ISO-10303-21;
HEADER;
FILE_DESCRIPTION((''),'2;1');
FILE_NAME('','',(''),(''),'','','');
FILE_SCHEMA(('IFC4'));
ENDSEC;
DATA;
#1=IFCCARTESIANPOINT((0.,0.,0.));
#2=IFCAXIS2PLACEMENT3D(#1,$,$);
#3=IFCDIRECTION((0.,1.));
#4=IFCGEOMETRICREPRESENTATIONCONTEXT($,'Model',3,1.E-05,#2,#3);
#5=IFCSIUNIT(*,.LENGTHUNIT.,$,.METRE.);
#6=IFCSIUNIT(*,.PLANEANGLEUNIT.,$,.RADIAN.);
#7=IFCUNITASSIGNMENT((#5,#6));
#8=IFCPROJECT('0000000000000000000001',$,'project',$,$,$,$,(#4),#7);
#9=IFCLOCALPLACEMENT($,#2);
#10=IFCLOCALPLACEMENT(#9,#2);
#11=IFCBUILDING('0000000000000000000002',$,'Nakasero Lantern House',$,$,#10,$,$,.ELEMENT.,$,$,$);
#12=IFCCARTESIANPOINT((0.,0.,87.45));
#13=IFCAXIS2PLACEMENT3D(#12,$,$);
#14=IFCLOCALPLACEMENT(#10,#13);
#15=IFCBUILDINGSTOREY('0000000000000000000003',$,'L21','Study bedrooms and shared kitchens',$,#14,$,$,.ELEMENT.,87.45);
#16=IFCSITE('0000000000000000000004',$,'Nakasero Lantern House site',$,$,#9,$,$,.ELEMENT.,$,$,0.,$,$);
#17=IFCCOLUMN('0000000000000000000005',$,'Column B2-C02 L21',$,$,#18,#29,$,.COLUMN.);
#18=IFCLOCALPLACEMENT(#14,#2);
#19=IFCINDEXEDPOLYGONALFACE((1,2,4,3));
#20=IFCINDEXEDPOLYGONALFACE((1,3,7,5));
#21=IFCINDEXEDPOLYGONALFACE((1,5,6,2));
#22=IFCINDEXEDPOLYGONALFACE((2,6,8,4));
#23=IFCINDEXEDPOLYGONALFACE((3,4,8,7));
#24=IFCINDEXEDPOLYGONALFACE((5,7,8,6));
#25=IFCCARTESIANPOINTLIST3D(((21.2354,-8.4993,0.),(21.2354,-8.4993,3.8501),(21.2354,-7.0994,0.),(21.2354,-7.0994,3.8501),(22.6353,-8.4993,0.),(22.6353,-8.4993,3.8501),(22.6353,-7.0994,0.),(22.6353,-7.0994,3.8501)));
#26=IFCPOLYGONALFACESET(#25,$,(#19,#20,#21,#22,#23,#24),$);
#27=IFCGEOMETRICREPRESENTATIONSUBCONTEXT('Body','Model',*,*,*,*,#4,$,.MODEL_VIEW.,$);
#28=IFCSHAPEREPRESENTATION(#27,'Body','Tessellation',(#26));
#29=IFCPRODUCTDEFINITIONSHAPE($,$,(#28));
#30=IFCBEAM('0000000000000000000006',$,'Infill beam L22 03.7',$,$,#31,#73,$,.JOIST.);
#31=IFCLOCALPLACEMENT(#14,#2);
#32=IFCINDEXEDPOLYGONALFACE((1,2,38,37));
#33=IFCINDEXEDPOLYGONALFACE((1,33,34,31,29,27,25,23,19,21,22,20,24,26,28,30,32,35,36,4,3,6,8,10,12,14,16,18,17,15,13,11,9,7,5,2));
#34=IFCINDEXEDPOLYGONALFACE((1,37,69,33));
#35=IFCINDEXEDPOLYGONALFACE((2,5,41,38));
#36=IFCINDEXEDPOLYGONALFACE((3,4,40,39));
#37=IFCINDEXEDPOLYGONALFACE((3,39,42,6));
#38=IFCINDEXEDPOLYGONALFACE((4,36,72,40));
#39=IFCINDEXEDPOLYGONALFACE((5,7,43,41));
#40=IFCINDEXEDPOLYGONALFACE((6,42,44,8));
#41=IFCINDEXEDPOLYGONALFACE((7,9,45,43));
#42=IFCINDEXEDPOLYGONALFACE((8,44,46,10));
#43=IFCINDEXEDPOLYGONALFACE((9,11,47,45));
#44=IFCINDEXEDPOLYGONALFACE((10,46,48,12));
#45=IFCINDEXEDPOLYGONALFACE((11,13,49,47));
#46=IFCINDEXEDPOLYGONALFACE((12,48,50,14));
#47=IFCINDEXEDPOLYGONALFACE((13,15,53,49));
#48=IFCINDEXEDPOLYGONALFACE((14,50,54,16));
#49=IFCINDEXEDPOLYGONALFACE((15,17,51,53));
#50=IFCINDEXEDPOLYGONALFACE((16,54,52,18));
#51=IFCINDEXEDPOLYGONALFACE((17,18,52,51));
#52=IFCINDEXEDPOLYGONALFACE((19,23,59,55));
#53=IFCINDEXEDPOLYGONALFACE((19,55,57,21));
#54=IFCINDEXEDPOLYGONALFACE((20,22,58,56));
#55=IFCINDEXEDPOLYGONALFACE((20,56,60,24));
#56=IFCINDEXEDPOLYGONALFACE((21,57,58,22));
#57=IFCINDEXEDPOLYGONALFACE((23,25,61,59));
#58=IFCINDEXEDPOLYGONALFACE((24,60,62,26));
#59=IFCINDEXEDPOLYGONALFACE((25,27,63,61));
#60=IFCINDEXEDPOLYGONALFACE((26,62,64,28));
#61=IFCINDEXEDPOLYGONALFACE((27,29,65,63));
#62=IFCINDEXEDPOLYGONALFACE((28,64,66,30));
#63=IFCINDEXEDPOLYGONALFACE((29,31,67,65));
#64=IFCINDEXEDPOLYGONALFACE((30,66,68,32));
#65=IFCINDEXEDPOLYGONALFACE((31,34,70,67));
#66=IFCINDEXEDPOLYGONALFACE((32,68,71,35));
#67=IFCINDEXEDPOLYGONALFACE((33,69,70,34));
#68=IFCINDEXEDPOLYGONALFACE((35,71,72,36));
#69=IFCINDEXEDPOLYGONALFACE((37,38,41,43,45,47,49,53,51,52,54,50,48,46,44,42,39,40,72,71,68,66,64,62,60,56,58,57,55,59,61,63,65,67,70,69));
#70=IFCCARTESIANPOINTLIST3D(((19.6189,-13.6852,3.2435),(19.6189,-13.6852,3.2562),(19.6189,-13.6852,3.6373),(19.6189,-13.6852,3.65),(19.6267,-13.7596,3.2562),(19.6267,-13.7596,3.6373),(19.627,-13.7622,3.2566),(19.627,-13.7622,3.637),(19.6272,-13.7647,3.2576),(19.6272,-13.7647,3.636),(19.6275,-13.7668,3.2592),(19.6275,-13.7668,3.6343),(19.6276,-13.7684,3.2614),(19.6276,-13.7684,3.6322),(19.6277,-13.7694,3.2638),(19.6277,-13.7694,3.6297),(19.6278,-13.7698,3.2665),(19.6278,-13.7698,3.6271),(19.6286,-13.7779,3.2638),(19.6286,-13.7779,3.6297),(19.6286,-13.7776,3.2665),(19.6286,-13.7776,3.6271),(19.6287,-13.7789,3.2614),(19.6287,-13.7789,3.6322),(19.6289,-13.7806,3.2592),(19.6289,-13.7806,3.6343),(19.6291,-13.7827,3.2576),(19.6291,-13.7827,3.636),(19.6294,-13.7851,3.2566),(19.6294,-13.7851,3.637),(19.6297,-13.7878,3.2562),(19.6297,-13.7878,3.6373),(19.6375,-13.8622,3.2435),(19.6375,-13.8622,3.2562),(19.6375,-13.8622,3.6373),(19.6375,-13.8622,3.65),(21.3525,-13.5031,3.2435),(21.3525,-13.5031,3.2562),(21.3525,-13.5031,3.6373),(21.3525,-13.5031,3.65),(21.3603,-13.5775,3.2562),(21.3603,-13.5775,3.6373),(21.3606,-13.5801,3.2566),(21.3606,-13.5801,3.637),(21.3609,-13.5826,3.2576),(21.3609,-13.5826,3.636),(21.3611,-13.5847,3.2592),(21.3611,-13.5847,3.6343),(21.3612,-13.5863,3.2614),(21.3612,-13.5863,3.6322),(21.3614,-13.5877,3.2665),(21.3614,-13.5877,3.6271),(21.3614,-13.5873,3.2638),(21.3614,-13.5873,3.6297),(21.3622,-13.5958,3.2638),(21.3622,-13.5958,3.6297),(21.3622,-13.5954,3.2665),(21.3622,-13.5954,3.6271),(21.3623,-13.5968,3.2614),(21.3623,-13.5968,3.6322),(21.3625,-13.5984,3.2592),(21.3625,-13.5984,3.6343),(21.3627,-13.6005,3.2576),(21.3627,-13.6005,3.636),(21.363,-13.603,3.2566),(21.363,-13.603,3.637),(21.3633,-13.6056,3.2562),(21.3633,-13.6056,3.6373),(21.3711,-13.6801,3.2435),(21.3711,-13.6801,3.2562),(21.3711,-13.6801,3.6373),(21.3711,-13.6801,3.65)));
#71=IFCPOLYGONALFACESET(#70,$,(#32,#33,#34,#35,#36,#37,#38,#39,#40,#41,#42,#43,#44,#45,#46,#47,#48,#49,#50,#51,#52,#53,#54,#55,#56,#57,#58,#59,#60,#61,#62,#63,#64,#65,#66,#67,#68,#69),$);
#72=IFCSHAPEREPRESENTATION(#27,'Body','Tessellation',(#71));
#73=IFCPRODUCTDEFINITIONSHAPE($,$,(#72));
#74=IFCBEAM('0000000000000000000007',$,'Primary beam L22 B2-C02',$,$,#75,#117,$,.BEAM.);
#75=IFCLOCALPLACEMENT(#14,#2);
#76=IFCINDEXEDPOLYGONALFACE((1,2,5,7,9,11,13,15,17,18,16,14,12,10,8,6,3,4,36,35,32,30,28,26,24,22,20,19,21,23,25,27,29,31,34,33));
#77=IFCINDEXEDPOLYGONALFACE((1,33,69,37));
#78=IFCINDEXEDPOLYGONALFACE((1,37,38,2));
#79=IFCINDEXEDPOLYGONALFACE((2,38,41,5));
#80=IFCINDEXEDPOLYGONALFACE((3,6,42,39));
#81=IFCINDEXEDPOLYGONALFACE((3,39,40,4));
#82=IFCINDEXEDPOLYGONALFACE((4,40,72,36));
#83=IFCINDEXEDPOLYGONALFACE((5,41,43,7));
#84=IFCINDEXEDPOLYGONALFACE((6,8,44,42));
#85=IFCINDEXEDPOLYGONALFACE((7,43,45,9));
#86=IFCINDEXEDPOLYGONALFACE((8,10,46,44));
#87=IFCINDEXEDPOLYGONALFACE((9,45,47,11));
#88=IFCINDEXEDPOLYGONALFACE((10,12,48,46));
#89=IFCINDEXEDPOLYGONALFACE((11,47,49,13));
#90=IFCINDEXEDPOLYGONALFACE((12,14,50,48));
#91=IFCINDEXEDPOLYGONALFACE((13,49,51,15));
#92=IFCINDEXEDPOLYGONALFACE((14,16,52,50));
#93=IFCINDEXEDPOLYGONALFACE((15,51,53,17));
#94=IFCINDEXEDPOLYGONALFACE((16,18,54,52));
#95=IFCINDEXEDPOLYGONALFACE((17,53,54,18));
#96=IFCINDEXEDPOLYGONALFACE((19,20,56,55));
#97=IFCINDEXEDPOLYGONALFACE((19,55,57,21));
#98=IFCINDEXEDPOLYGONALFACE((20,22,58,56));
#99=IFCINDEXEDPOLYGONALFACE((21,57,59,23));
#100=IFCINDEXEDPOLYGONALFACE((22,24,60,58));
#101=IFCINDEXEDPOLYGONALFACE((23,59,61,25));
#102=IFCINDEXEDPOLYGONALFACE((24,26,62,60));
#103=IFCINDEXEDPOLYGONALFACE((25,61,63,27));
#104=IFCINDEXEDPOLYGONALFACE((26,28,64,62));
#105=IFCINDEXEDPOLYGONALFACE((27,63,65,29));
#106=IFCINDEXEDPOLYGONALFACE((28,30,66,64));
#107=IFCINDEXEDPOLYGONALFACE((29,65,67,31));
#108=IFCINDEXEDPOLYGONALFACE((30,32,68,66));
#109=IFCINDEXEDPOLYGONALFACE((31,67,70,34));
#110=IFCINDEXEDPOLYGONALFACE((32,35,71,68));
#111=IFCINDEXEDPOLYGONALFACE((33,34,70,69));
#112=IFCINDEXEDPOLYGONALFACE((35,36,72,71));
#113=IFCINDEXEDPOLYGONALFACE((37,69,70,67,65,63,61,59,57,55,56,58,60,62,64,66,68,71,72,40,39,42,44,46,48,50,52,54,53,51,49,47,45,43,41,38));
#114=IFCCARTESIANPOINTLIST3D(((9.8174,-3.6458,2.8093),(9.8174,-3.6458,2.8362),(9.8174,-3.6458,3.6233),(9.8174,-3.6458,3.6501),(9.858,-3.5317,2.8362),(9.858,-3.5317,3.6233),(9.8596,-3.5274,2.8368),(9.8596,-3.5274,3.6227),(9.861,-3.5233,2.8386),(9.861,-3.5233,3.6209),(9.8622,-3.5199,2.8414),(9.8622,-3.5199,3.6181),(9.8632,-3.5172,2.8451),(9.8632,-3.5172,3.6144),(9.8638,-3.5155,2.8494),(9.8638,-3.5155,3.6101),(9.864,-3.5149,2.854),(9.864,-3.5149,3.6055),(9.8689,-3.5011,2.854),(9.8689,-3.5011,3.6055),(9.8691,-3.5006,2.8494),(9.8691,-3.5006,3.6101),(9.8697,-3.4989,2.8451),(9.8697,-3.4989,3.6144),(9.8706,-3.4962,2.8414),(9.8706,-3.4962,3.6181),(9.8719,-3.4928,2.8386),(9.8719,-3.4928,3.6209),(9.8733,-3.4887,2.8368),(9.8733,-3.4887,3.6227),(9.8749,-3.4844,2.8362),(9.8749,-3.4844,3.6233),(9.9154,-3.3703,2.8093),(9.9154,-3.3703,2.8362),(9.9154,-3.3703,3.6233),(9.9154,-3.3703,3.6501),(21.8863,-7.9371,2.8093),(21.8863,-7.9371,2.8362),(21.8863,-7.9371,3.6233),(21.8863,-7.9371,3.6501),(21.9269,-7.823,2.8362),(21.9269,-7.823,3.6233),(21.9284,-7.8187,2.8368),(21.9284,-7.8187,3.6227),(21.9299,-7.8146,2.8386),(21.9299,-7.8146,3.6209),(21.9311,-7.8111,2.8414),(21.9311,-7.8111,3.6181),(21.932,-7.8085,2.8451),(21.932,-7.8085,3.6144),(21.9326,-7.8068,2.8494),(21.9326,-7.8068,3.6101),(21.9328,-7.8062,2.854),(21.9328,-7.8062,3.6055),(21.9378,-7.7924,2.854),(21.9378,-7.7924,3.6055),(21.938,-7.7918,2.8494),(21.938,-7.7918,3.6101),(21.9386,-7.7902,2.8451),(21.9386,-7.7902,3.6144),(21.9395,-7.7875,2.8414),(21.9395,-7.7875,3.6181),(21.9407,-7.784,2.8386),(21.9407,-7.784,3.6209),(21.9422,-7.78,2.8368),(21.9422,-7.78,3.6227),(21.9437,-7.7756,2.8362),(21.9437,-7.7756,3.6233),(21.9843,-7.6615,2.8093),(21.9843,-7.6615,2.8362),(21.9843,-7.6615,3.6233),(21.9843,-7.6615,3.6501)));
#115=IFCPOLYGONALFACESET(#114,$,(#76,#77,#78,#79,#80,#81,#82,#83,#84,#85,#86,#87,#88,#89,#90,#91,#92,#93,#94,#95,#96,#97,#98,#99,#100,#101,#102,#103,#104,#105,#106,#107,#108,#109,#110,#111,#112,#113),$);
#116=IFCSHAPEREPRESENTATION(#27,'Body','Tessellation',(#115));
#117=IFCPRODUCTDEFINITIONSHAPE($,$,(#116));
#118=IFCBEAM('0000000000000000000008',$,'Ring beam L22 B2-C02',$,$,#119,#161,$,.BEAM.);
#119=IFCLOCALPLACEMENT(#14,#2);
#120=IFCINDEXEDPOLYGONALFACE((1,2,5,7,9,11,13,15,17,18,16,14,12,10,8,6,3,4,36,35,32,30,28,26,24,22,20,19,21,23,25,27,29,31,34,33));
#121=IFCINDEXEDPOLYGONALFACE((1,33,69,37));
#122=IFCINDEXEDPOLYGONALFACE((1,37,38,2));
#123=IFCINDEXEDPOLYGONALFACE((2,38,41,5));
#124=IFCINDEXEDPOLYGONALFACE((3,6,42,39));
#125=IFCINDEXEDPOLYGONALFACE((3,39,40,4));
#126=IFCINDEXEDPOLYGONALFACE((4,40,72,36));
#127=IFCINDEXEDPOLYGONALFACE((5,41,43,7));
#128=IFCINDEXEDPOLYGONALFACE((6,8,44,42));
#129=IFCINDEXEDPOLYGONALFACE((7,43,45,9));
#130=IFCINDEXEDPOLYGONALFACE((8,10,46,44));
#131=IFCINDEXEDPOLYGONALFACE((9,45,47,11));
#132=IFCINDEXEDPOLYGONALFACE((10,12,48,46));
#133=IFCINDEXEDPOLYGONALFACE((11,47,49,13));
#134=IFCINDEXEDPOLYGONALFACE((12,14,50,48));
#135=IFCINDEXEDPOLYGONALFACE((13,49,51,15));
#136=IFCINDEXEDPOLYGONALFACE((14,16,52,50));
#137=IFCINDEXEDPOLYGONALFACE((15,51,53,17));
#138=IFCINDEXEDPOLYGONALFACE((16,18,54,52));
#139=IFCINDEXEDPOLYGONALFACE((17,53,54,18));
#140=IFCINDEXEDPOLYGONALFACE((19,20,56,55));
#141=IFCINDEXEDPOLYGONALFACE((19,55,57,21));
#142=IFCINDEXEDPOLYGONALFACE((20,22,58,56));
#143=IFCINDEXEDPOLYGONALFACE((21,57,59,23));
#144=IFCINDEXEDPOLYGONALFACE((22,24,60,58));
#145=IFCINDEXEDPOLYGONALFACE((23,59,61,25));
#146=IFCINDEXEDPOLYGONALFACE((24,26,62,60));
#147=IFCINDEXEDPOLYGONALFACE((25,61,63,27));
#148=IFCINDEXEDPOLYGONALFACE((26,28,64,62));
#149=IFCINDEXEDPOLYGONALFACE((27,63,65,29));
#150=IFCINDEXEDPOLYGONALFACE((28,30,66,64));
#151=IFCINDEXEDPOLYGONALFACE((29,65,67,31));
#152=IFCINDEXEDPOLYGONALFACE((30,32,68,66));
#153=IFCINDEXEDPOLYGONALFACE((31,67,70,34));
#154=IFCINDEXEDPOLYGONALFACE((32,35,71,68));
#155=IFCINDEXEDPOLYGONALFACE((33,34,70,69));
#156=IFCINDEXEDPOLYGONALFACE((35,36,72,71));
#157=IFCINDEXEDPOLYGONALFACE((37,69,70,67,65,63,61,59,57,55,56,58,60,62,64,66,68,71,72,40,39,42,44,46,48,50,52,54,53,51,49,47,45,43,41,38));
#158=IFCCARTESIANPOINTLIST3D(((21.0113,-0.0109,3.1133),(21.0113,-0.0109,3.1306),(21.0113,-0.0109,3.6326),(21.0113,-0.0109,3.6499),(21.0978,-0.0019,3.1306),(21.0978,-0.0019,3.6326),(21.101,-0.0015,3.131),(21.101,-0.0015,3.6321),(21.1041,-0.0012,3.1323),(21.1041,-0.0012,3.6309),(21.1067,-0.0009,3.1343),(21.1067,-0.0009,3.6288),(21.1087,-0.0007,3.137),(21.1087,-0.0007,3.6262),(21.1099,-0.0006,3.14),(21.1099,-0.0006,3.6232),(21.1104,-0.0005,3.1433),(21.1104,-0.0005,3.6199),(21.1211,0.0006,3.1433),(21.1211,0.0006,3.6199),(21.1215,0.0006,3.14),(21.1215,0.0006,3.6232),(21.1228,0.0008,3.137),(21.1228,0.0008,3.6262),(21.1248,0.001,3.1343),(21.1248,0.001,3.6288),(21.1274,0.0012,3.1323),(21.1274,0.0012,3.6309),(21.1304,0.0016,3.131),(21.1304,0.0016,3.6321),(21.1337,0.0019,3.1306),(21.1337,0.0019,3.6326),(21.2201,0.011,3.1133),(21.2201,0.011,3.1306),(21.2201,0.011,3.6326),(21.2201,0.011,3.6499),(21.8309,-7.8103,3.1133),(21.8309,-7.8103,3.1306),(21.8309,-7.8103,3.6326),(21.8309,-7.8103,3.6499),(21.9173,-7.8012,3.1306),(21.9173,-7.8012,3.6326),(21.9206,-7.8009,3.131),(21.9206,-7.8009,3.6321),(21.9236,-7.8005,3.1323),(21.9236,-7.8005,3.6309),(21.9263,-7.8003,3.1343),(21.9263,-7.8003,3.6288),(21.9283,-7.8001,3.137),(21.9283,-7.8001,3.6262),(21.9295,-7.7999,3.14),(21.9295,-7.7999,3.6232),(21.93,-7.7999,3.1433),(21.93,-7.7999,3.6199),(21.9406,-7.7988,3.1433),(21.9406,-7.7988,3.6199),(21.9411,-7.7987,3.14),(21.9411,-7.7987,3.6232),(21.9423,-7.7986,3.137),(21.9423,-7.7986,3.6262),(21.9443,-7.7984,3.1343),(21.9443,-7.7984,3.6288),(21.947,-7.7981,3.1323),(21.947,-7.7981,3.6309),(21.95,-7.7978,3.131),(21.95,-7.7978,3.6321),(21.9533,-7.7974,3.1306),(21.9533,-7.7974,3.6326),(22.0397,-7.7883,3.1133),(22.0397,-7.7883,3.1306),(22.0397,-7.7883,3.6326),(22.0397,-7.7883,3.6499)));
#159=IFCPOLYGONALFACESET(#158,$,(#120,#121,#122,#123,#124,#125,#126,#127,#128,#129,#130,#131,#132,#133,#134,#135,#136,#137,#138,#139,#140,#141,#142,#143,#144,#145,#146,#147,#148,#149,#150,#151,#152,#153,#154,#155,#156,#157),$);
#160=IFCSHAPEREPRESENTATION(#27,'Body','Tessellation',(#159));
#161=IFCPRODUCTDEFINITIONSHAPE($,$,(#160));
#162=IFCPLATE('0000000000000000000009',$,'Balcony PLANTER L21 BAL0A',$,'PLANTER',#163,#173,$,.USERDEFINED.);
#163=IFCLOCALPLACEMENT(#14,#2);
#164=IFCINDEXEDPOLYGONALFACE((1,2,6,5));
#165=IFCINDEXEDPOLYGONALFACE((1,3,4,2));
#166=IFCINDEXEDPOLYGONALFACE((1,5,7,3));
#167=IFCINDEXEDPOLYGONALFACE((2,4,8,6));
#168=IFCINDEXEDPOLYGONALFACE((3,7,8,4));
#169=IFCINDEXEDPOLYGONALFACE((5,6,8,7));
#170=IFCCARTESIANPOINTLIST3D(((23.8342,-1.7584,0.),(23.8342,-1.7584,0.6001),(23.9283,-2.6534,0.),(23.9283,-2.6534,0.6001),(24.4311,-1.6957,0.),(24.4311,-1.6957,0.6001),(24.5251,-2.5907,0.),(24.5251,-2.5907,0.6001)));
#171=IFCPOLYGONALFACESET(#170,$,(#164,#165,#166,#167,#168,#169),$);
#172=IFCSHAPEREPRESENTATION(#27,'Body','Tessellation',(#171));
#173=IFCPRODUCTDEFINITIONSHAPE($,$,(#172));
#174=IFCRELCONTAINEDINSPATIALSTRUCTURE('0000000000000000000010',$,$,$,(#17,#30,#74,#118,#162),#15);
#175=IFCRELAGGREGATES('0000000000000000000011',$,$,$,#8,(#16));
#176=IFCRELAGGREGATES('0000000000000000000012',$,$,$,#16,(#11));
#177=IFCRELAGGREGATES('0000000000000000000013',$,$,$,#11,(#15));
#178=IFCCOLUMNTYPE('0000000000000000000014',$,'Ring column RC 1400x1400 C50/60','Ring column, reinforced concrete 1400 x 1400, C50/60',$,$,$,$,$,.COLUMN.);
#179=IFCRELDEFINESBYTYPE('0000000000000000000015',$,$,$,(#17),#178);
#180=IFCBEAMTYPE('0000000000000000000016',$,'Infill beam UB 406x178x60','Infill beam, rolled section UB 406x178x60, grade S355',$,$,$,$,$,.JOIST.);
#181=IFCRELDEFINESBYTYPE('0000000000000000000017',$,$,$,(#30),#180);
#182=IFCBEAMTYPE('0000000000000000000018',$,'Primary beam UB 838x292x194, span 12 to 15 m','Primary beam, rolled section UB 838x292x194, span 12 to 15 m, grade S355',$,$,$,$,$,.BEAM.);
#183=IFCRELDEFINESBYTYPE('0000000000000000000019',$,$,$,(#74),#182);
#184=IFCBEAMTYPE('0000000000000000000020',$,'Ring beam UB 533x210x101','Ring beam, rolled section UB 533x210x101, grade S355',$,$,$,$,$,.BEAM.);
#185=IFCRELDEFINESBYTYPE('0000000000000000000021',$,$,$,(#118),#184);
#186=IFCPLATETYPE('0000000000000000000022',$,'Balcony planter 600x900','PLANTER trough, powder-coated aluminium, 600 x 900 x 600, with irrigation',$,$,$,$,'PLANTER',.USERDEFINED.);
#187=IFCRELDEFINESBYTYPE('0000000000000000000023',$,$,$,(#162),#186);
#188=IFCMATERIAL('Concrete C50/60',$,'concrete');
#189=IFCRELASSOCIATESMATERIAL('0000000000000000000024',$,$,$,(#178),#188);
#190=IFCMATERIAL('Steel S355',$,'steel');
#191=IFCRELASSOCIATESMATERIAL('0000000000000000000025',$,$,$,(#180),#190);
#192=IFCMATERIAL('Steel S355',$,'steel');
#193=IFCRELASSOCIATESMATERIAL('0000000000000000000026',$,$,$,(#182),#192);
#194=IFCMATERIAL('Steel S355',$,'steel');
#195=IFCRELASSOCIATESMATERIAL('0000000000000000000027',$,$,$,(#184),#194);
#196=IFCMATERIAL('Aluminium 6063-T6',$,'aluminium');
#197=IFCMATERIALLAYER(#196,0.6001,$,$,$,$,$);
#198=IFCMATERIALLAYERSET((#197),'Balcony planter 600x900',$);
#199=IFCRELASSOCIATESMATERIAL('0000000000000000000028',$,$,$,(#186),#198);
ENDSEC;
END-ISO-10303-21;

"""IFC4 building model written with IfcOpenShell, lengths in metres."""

from ifc_helpers import new_model, si_unit, direction, frame, origin, origin_2d, place, context, subcontext, project, spatial, rectangle, i_section, extrude, material, layer, layer_set, material_profile, profile_set, type_object, element, save


model = new_model("IFC4")

# Units and contexts
model_context = context("Model", 3, precision=1e-05, world=origin(), true_north=direction((0.0, 1.0)))
body_context = subcontext(model_context, "Body", "Model", "MODEL_VIEW")
ifc_project = project(units=[si_unit("LENGTHUNIT", "METRE"), si_unit("PLANEANGLEUNIT", "RADIAN")], contexts=[model_context])

# Site, building, storey
site_placement = place(None, origin())
site = spatial("IfcSite", under=ifc_project, at=site_placement, Name="Nakasero Lantern House site", CompositionType="ELEMENT", RefElevation=0.0)
building_placement = place(site_placement, origin())
building = spatial("IfcBuilding", under=site, at=building_placement, Name="Nakasero Lantern House", CompositionType="ELEMENT")
storey_placement = place(building_placement, frame((0.0, 0.0, 87.45)))
storey = spatial("IfcBuildingStorey", under=building, at=storey_placement, Name="L21", Description="Study bedrooms and shared kitchens", CompositionType="ELEMENT", Elevation=87.45)

# Column
ifc_material_1 = material(Name="Concrete C50/60", Category="concrete")
ifc_material_profile_1 = material_profile(ifc_material_1, rectangle(XDim=1.3999, YDim=1.3999, at=origin_2d()), Name="RC 1400x1400")
ifc_profile_set_1 = profile_set([ifc_material_profile_1], Name="Concrete C50/60")
column_type = type_object("IfcColumnType", Name="Ring column RC 1400x1400 C50/60", Description="Ring column, reinforced concrete 1400 x 1400, C50/60", PredefinedType="COLUMN", material=ifc_profile_set_1)
column_placement = place(storey_placement, frame((21.9353, -7.7993, 0.0), z_axis=(0.0, 0.0, 1.0), x_axis=(1.0, 0.0, 0.0)))
element("IfcColumn", 1, at=column_placement, inside=storey, type_object=column_type, Name="Column B2-C02 L21", PredefinedType="COLUMN", context=body_context, shape_type="SweptSolid", body=[
    extrude(rectangle(XDim=1.3999, YDim=1.3999, at=origin_2d()), origin(), (0.0, 0.0, 1.0), 3.8501),
])

# Beams
ifc_material_2 = material(Name="Steel S355", Category="steel")
ifc_material_profile_2 = material_profile(ifc_material_2, i_section(OverallWidth=0.178, OverallDepth=0.4065, WebThickness=0.0078, FlangeThickness=0.0127, FilletRadius=0.0103, at=origin_2d()), Name="UB 406x178x60")
ifc_profile_set_2 = profile_set([ifc_material_profile_2], Name="Steel S355")
beam_type_1 = type_object("IfcBeamType", Name="Infill beam UB 406x178x60", Description="Infill beam, rolled section UB 406x178x60, grade S355", PredefinedType="JOIST", material=ifc_profile_set_2)
beam_1_placement = place(storey_placement, frame((19.6282, -13.7737, 3.4468), z_axis=(0.994527, 0.104481, 0.0), x_axis=(-0.104481, 0.994527, 0.0)))
element("IfcBeam", 2, at=beam_1_placement, inside=storey, type_object=beam_type_1, Name="Infill beam L22 03.7", PredefinedType="JOIST", context=body_context, shape_type="SweptSolid", body=[
    extrude(i_section(OverallWidth=0.178, OverallDepth=0.4065, WebThickness=0.0078, FlangeThickness=0.0127, FilletRadius=0.0103, at=origin_2d()), origin(), (0.0, 0.0, 1.0), 1.7432),
])
ifc_material_3 = material(Name="Steel S355", Category="steel")
ifc_material_profile_3 = material_profile(ifc_material_3, i_section(OverallWidth=0.2925, OverallDepth=0.8408, WebThickness=0.0146, FlangeThickness=0.0269, FilletRadius=0.0178, at=origin_2d()), Name="UB 838x292x194")
ifc_profile_set_3 = profile_set([ifc_material_profile_3], Name="Steel S355")
beam_type_2 = type_object("IfcBeamType", Name="Primary beam UB 838x292x194, span 12 to 15 m", Description="Primary beam, rolled section UB 838x292x194, span 12 to 15 m, grade S355", PredefinedType="BEAM", material=ifc_profile_set_3)
beam_2_placement = place(storey_placement, frame((21.9353, -7.7993, 3.2297), z_axis=(-0.942212, 0.335018, 0.0), x_axis=(-0.335018, -0.942212, 0.0)))
element("IfcBeam", 3, at=beam_2_placement, inside=storey, type_object=beam_type_2, Name="Primary beam L22 B2-C02", PredefinedType="BEAM", context=body_context, shape_type="SweptSolid", body=[
    extrude(i_section(OverallWidth=0.2925, OverallDepth=0.8408, WebThickness=0.0146, FlangeThickness=0.0269, FilletRadius=0.0178, at=origin_2d()), origin(), (0.0, 0.0, 1.0), 12.8091),
])
ifc_material_4 = material(Name="Steel S355", Category="steel")
ifc_material_profile_4 = material_profile(ifc_material_4, i_section(OverallWidth=0.21, OverallDepth=0.5366, WebThickness=0.0107, FlangeThickness=0.0173, FilletRadius=0.0127, at=origin_2d()), Name="UB 533x210x101")
ifc_profile_set_4 = profile_set([ifc_material_profile_4], Name="Steel S355")
beam_type_3 = type_object("IfcBeamType", Name="Ring beam UB 533x210x101", Description="Ring beam, rolled section UB 533x210x101, grade S355", PredefinedType="BEAM", material=ifc_profile_set_4)
beam_3_placement = place(storey_placement, frame((21.9353, -7.7993, 3.3816), z_axis=(-0.104508, 0.994524, 0.0), x_axis=(-0.994524, -0.104508, 0.0)))
element("IfcBeam", 4, at=beam_3_placement, inside=storey, type_object=beam_type_3, Name="Ring beam L22 B2-C02", PredefinedType="BEAM", context=body_context, shape_type="SweptSolid", body=[
    extrude(i_section(OverallWidth=0.21, OverallDepth=0.5366, WebThickness=0.0107, FlangeThickness=0.0173, FilletRadius=0.0127, at=origin_2d()), origin(), (0.0, 0.0, 1.0), 7.8423),
])

# Plate
ifc_material_5 = material(Name="Aluminium 6063-T6", Category="aluminium")
ifc_layer_1 = layer(ifc_material_5, 0.6001)
ifc_layer_set_1 = layer_set([ifc_layer_1], Name="Balcony planter 600x900")
plate_type_1 = type_object("IfcPlateType", Name="Balcony planter 600x900", Description="PLANTER trough, powder-coated aluminium, 600 x 900 x 600, with irrigation", ElementType="PLANTER", PredefinedType="USERDEFINED", material=ifc_layer_set_1)
plate_1_placement = place(storey_placement, frame((24.1797, -2.1746, 0.0), z_axis=(0.0, 0.0, 1.0), x_axis=(0.994522, 0.104528, 0.0)))
element("IfcPlate", 5, at=plate_1_placement, inside=storey, type_object=plate_type_1, Name="Balcony PLANTER L21 BAL0A", ObjectType="PLANTER", PredefinedType="USERDEFINED", context=body_context, shape_type="SweptSolid", body=[
    extrude(rectangle(XDim=0.6001, YDim=0.8999, at=origin_2d()), origin(), (0.0, 0.0, 1.0), 0.6001),
])

save(model, "model.ifc")
